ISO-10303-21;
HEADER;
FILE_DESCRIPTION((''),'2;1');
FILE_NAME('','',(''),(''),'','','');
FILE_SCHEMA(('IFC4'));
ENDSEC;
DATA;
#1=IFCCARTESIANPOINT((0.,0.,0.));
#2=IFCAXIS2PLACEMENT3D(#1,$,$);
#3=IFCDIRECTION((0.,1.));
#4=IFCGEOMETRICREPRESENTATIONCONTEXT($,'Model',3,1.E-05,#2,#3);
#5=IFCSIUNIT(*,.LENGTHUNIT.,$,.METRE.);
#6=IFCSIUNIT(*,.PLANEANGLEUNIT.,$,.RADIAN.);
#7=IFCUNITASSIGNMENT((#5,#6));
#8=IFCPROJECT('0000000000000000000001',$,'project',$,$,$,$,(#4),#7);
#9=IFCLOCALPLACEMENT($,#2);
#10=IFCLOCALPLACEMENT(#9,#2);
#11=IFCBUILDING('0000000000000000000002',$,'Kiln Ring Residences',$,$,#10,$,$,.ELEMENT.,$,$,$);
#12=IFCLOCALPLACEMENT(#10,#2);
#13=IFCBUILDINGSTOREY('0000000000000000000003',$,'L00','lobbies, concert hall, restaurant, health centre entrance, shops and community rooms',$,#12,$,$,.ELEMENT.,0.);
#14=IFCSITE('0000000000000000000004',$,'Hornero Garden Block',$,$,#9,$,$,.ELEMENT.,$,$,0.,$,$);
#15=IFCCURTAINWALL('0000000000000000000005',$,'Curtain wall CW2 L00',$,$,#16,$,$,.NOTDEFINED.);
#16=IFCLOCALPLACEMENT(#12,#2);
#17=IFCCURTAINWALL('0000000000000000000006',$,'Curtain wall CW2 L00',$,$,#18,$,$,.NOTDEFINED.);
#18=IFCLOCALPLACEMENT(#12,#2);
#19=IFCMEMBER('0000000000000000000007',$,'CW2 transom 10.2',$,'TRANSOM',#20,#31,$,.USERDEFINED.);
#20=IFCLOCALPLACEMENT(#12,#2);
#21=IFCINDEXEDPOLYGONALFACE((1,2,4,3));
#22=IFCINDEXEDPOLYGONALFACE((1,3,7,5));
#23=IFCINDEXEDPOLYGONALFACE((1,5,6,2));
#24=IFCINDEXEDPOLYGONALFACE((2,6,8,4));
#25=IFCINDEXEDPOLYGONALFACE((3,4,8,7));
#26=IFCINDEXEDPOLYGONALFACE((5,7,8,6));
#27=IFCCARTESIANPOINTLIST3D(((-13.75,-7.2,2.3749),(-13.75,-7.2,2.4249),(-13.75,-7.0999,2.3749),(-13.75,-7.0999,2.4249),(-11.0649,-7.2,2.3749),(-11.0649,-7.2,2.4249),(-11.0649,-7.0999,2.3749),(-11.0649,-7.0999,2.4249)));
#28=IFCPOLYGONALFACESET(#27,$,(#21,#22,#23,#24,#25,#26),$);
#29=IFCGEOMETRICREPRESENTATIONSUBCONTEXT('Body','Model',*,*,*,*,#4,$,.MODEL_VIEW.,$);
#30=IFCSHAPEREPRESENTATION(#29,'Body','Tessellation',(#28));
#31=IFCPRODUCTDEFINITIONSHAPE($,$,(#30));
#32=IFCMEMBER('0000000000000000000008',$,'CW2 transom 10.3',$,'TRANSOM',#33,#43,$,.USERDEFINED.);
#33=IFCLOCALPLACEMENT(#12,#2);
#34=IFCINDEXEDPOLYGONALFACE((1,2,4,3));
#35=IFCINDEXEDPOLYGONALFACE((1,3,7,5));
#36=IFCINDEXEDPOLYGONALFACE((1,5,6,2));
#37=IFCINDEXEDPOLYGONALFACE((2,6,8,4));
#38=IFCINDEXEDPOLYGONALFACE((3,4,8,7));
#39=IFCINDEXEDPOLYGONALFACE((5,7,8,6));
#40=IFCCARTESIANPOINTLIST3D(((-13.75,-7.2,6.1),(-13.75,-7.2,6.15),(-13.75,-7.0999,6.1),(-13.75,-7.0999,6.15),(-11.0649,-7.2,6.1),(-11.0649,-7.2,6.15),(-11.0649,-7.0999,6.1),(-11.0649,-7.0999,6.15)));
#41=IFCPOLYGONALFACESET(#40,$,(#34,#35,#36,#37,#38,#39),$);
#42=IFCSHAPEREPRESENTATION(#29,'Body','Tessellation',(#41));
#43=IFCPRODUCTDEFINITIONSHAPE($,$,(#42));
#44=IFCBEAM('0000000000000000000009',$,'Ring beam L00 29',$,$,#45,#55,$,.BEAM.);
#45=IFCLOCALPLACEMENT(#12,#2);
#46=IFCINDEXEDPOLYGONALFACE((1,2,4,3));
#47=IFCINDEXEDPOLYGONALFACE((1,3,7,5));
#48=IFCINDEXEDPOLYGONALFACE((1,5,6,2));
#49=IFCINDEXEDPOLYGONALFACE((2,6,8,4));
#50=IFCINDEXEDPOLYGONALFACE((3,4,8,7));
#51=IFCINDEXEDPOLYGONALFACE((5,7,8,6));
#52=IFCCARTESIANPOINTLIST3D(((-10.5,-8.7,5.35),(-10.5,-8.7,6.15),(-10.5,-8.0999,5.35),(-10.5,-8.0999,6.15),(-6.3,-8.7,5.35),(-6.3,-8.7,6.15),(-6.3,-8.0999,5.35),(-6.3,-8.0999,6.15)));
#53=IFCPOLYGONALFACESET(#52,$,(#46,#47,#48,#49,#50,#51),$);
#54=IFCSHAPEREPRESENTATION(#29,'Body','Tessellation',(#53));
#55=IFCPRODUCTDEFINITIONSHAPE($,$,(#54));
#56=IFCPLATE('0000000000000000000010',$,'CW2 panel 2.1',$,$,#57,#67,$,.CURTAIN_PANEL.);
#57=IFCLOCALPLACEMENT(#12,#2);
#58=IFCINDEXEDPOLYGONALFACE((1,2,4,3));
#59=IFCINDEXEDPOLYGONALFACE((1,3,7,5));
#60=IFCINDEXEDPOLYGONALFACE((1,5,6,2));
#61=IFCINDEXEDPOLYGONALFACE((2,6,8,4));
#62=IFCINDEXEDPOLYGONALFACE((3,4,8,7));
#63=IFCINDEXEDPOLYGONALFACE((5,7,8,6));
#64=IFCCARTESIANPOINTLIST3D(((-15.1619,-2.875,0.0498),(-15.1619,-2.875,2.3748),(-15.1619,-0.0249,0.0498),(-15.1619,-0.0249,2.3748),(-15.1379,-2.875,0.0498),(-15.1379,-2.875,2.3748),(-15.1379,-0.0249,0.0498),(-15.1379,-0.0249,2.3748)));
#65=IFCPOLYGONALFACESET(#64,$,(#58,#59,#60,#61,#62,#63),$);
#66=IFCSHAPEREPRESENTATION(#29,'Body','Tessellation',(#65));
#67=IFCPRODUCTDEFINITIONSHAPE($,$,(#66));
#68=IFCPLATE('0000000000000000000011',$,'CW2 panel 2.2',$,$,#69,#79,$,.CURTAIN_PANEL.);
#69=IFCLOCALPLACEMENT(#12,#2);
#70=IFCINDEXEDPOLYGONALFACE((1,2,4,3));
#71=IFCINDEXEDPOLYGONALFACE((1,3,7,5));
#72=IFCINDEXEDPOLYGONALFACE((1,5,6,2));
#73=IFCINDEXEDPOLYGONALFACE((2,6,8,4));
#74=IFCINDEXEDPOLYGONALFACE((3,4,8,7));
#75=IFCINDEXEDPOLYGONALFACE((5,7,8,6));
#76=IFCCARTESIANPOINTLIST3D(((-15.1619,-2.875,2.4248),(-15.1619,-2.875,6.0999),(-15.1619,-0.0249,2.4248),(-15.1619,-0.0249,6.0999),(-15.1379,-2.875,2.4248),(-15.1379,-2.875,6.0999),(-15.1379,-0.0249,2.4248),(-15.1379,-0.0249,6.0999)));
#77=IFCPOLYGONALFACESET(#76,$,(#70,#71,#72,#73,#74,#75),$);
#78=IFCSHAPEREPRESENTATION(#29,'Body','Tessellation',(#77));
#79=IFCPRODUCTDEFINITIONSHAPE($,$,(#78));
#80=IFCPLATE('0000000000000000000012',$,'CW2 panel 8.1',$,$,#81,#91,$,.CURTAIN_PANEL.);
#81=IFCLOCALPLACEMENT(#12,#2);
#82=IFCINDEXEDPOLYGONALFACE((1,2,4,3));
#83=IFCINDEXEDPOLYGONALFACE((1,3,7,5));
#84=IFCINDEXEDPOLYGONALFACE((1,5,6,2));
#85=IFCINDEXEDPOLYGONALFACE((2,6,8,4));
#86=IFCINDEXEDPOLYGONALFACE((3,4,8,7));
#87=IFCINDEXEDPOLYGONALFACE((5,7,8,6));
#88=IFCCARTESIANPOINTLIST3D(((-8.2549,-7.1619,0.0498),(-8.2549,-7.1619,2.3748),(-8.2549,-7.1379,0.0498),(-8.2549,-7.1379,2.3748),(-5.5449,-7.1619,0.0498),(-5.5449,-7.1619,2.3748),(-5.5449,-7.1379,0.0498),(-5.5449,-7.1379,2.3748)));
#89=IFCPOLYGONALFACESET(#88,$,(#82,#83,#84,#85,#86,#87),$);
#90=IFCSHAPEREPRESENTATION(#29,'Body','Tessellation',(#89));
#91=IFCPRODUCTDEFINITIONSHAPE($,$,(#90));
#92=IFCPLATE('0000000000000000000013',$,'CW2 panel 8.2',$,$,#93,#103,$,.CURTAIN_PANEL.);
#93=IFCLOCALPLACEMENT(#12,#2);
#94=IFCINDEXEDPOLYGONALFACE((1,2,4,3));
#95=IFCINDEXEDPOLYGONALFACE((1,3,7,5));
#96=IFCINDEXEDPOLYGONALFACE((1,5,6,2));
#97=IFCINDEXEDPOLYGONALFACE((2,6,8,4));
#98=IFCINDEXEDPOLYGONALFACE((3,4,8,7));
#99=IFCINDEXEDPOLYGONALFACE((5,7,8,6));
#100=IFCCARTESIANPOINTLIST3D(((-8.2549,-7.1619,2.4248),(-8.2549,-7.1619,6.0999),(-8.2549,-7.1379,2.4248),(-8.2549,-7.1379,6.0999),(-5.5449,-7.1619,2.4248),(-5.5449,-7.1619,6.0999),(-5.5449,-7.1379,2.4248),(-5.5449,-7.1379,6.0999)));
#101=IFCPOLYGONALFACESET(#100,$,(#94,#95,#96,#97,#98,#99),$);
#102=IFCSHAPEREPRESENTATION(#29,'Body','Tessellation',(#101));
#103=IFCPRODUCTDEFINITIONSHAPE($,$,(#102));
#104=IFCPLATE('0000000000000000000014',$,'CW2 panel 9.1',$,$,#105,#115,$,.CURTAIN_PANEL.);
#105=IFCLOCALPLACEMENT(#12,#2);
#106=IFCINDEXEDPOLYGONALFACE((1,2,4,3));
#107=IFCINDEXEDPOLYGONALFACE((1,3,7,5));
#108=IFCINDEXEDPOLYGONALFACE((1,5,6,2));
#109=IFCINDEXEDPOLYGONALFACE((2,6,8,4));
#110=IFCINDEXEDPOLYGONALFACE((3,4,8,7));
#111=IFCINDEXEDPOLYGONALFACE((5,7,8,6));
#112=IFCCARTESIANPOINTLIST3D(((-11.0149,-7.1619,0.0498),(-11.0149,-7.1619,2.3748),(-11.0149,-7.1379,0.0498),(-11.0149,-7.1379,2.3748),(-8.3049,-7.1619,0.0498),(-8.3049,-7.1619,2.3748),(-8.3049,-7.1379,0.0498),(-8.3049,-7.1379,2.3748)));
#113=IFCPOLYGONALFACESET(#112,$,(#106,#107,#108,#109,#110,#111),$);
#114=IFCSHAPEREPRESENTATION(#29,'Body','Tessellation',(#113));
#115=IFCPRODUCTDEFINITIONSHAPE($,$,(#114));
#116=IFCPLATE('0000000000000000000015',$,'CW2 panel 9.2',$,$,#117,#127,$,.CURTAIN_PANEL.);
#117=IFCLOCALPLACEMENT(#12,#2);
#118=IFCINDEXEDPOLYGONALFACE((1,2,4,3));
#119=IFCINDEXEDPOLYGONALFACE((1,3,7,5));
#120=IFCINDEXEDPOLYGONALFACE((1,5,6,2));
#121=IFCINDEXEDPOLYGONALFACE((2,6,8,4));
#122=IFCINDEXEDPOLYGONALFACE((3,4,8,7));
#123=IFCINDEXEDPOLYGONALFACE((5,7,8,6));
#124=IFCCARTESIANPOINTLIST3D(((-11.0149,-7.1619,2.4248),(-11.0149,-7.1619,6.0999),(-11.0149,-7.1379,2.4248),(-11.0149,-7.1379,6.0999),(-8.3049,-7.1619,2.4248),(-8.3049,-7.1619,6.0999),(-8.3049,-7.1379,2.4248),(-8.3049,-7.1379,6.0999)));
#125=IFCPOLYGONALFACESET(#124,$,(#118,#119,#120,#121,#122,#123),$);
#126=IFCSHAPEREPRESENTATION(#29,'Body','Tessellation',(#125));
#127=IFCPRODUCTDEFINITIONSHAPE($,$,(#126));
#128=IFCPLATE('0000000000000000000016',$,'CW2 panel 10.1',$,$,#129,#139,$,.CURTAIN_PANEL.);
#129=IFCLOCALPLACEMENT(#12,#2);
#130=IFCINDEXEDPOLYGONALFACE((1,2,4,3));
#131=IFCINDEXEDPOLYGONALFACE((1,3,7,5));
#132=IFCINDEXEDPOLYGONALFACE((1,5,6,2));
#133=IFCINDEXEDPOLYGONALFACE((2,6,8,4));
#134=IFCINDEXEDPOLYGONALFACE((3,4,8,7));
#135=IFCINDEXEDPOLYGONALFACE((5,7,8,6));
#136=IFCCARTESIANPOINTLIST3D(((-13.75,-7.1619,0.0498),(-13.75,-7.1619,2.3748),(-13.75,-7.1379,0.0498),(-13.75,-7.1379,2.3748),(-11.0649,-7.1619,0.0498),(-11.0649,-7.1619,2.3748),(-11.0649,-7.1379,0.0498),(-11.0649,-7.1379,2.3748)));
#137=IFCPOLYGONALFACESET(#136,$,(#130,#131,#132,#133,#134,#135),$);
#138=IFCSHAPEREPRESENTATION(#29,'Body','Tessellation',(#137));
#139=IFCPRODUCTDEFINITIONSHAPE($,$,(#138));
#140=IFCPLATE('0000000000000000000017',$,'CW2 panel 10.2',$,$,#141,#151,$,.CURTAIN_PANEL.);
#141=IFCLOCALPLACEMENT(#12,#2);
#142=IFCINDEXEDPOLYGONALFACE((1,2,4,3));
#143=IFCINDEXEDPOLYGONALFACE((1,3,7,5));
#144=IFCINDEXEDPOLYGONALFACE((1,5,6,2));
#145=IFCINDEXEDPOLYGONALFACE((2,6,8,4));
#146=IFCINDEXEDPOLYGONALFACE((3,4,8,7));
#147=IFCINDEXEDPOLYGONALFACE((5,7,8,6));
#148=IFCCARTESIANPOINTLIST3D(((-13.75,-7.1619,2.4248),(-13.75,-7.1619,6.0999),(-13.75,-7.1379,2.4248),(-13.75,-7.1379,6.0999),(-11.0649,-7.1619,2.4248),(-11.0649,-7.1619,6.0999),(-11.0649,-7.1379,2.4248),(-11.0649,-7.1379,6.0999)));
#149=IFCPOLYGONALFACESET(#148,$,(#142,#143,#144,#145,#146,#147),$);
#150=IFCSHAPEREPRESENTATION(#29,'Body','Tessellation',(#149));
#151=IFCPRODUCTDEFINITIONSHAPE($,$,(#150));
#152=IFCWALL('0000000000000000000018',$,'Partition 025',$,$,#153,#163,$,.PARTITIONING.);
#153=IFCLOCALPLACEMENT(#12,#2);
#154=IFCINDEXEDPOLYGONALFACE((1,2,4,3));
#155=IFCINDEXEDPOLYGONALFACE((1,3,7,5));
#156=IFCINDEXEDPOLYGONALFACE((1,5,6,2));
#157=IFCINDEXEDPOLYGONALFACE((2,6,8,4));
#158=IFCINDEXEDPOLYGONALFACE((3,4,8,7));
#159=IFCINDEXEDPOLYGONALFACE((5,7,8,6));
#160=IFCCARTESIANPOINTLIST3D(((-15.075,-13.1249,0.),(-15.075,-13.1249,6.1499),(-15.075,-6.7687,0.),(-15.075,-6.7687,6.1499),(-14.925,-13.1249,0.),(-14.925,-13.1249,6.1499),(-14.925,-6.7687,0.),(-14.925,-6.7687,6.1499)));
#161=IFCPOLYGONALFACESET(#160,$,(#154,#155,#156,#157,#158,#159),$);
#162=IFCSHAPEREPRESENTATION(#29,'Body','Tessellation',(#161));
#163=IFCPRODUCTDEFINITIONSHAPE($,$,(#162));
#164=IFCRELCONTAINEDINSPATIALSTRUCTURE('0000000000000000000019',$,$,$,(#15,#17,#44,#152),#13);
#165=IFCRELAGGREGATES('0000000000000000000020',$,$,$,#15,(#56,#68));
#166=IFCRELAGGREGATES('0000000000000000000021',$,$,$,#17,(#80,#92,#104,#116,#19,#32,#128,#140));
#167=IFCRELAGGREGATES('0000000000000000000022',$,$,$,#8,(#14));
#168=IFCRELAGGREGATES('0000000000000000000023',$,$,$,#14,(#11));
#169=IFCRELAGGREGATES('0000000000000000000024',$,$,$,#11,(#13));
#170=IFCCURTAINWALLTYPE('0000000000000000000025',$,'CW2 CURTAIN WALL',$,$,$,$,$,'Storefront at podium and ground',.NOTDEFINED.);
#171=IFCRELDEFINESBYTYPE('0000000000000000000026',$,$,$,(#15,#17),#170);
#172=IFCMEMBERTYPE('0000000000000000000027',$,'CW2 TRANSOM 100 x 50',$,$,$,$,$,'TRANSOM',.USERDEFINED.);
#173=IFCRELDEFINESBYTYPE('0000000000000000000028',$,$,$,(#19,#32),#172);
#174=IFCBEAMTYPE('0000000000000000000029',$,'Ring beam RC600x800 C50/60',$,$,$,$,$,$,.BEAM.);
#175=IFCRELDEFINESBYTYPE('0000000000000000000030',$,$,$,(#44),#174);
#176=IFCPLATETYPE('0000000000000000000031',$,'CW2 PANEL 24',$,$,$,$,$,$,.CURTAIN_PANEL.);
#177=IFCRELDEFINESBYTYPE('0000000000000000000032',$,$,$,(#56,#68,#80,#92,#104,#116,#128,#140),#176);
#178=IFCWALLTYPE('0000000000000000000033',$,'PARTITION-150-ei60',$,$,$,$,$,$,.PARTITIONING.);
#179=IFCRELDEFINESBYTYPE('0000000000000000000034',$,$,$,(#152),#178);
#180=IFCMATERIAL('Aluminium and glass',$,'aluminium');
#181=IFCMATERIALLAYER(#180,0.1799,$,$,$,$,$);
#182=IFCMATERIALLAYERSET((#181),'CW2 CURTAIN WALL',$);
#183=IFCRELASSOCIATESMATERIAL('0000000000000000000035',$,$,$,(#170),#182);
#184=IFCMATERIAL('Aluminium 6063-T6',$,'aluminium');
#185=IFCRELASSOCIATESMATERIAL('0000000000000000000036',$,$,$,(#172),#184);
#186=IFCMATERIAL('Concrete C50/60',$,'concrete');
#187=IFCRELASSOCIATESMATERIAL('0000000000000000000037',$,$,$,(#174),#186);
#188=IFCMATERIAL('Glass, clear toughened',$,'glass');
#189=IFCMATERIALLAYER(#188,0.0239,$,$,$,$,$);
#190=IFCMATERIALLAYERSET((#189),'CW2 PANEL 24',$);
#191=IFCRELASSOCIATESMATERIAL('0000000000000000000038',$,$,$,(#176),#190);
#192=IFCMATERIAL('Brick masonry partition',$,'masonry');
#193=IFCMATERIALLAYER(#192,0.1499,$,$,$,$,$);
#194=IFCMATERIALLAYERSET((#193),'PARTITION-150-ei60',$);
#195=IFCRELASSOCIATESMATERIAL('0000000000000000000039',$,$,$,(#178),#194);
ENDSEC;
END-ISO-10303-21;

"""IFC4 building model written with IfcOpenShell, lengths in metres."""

from ifc_helpers import new_model, si_unit, direction, frame, frame_2d, origin, origin_2d, place, context, subcontext, project, spatial, rectangle, extrude, material, layer, layer_set, material_profile, profile_set, type_object, element, aggregate, save


model = new_model("IFC4")

# Units and contexts
model_context = context("Model", 3, precision=1e-05, world=origin(), true_north=direction((0.0, 1.0)))
body_context = subcontext(model_context, "Body", "Model", "MODEL_VIEW")
ifc_project = project(units=[si_unit("LENGTHUNIT", "METRE"), si_unit("PLANEANGLEUNIT", "RADIAN")], contexts=[model_context])

# Site, building, storey
site_placement = place(None, origin())
site = spatial("IfcSite", under=ifc_project, at=site_placement, Name="Hornero Garden Block", CompositionType="ELEMENT", RefElevation=0.0)
building_placement = place(site_placement, origin())
building = spatial("IfcBuilding", under=site, at=building_placement, Name="Kiln Ring Residences", CompositionType="ELEMENT")
storey_placement = place(building_placement, origin())
storey = spatial("IfcBuildingStorey", under=building, at=storey_placement, Name="L00", Description="lobbies, concert hall, restaurant, health centre entrance, shops and community rooms", CompositionType="ELEMENT", Elevation=0.0)

# Curtain wall
ifc_material_1 = material(Name="Aluminium and glass", Category="aluminium")
ifc_layer_1 = layer(ifc_material_1, 0.1799)
ifc_layer_set_1 = layer_set([ifc_layer_1], Name="CW2 CURTAIN WALL")
curtain_wall_type = type_object("IfcCurtainWallType", Name="CW2 CURTAIN WALL", ElementType="Storefront at podium and ground", PredefinedType="NOTDEFINED", material=ifc_layer_set_1)
placement = place(storey_placement, origin())
curtain_wall_1 = element("IfcCurtainWall", 1, at=placement, inside=storey, type_object=curtain_wall_type, Name="Curtain wall CW2 L00", PredefinedType="NOTDEFINED")

# Curtain wall
curtain_wall_2 = element("IfcCurtainWall", 2, at=placement, inside=storey, type_object=curtain_wall_type, Name="Curtain wall CW2 L00", PredefinedType="NOTDEFINED")

# Members
ifc_material_2 = material(Name="Aluminium 6063-T6", Category="aluminium")
ifc_material_profile_1 = material_profile(ifc_material_2, rectangle(XDim=0.1001, YDim=0.05, at=origin_2d()), Name="AL 100x50")
ifc_profile_set_1 = profile_set([ifc_material_profile_1], Name="Aluminium 6063-T6")
member_type_1 = type_object("IfcMemberType", Name="CW2 TRANSOM 100 x 50", ElementType="TRANSOM", PredefinedType="USERDEFINED", material=ifc_profile_set_1)
member_1_placement = place(storey_placement, frame((-11.0649, -7.1499, 2.3999), z_axis=(-1.0, 0.0, 0.0), x_axis=(0.0, -1.0, 0.0)))
member_1 = element("IfcMember", 3, at=member_1_placement, type_object=member_type_1, Name="CW2 transom 10.2", ObjectType="TRANSOM", PredefinedType="USERDEFINED", context=body_context, shape_type="SweptSolid", body=[
    extrude(rectangle(XDim=0.1001, YDim=0.05, at=origin_2d()), origin(), (0.0, 0.0, 1.0), 2.6851),
])
member_2_placement = place(storey_placement, frame((-11.0649, -7.1499, 6.125), z_axis=(-1.0, 0.0, 0.0), x_axis=(0.0, -1.0, 0.0)))
member_2 = element("IfcMember", 4, at=member_2_placement, type_object=member_type_1, Name="CW2 transom 10.3", ObjectType="TRANSOM", PredefinedType="USERDEFINED", context=body_context, shape_type="SweptSolid", body=[
    extrude(rectangle(XDim=0.1001, YDim=0.05, at=origin_2d()), origin(), (0.0, 0.0, 1.0), 2.6851),
])

# Beam
ifc_material_3 = material(Name="Concrete C50/60", Category="concrete")
ifc_material_profile_2 = material_profile(ifc_material_3, rectangle(XDim=0.6001, YDim=0.8, at=origin_2d()), Name="RC600x800")
ifc_profile_set_2 = profile_set([ifc_material_profile_2], Name="Concrete C50/60")
beam_type = type_object("IfcBeamType", Name="Ring beam RC600x800 C50/60", PredefinedType="BEAM", material=ifc_profile_set_2)
beam_placement = place(storey_placement, frame((-10.5, -8.3999, 5.75), z_axis=(1.0, 0.0, 0.0), x_axis=(0.0, 1.0, 0.0)))
element("IfcBeam", 5, at=beam_placement, inside=storey, type_object=beam_type, Name="Ring beam L00 29", PredefinedType="BEAM", context=body_context, shape_type="SweptSolid", body=[
    extrude(rectangle(XDim=0.6001, YDim=0.8, at=origin_2d()), origin(), (0.0, 0.0, 1.0), 4.2),
])

# Plates
ifc_material_4 = material(Name="Glass, clear toughened", Category="glass")
ifc_layer_2 = layer(ifc_material_4, 0.0239)
ifc_layer_set_2 = layer_set([ifc_layer_2], Name="CW2 PANEL 24")
plate_type = type_object("IfcPlateType", Name="CW2 PANEL 24", PredefinedType="CURTAIN_PANEL", material=ifc_layer_set_2)
plate_1_placement = place(storey_placement, frame((-15.1499, -1.45, 0.0498), z_axis=(0.0, 0.0, 1.0), x_axis=(0.0, 1.0, 0.0)))
plate_1 = element("IfcPlate", 6, at=plate_1_placement, type_object=plate_type, Name="CW2 panel 2.1", PredefinedType="CURTAIN_PANEL", context=body_context, shape_type="SweptSolid", body=[
    extrude(rectangle(XDim=2.8501, YDim=0.0239, at=origin_2d()), origin(), (0.0, 0.0, 1.0), 2.325),
])
plate_2_placement = place(storey_placement, frame((-15.1499, -1.45, 2.4248), z_axis=(0.0, 0.0, 1.0), x_axis=(0.0, 1.0, 0.0)))
plate_2 = element("IfcPlate", 7, at=plate_2_placement, type_object=plate_type, Name="CW2 panel 2.2", PredefinedType="CURTAIN_PANEL", context=body_context, shape_type="SweptSolid", body=[
    extrude(rectangle(XDim=2.8501, YDim=0.0239, at=origin_2d()), origin(), (0.0, 0.0, 1.0), 3.675),
])
aggregate(curtain_wall_1, [plate_1, plate_2])
plate_3_placement = place(storey_placement, frame((-6.8999, -7.1499, 0.0498), z_axis=(0.0, 0.0, 1.0), x_axis=(-1.0, 0.0, 0.0)))
plate_3 = element("IfcPlate", 8, at=plate_3_placement, type_object=plate_type, Name="CW2 panel 8.1", PredefinedType="CURTAIN_PANEL", context=body_context, shape_type="SweptSolid", body=[
    extrude(rectangle(XDim=2.71, YDim=0.0239, at=origin_2d()), origin(), (0.0, 0.0, 1.0), 2.325),
])
plate_4_placement = place(storey_placement, frame((-6.8999, -7.1499, 2.4248), z_axis=(0.0, 0.0, 1.0), x_axis=(-1.0, 0.0, 0.0)))
plate_4 = element("IfcPlate", 9, at=plate_4_placement, type_object=plate_type, Name="CW2 panel 8.2", PredefinedType="CURTAIN_PANEL", context=body_context, shape_type="SweptSolid", body=[
    extrude(rectangle(XDim=2.71, YDim=0.0239, at=origin_2d()), origin(), (0.0, 0.0, 1.0), 3.675),
])
plate_5_placement = place(storey_placement, frame((-9.6599, -7.1499, 0.0498), z_axis=(0.0, 0.0, 1.0), x_axis=(-1.0, 0.0, 0.0)))
plate_5 = element("IfcPlate", 10, at=plate_5_placement, type_object=plate_type, Name="CW2 panel 9.1", PredefinedType="CURTAIN_PANEL", context=body_context, shape_type="SweptSolid", body=[
    extrude(rectangle(XDim=2.71, YDim=0.0239, at=origin_2d()), origin(), (0.0, 0.0, 1.0), 2.325),
])
plate_6_placement = place(storey_placement, frame((-9.6599, -7.1499, 2.4248), z_axis=(0.0, 0.0, 1.0), x_axis=(-1.0, 0.0, 0.0)))
plate_6 = element("IfcPlate", 11, at=plate_6_placement, type_object=plate_type, Name="CW2 panel 9.2", PredefinedType="CURTAIN_PANEL", context=body_context, shape_type="SweptSolid", body=[
    extrude(rectangle(XDim=2.71, YDim=0.0239, at=origin_2d()), origin(), (0.0, 0.0, 1.0), 3.675),
])
plate_7_placement = place(storey_placement, frame((-12.4075, -7.1499, 0.0498), z_axis=(0.0, 0.0, 1.0), x_axis=(-1.0, 0.0, 0.0)))
plate_7 = element("IfcPlate", 12, at=plate_7_placement, type_object=plate_type, Name="CW2 panel 10.1", PredefinedType="CURTAIN_PANEL", context=body_context, shape_type="SweptSolid", body=[
    extrude(rectangle(XDim=2.6851, YDim=0.0239, at=origin_2d()), origin(), (0.0, 0.0, 1.0), 2.325),
])
plate_8_placement = place(storey_placement, frame((-12.4075, -7.1499, 2.4248), z_axis=(0.0, 0.0, 1.0), x_axis=(-1.0, 0.0, 0.0)))
plate_8 = element("IfcPlate", 13, at=plate_8_placement, type_object=plate_type, Name="CW2 panel 10.2", PredefinedType="CURTAIN_PANEL", context=body_context, shape_type="SweptSolid", body=[
    extrude(rectangle(XDim=2.6851, YDim=0.0239, at=origin_2d()), origin(), (0.0, 0.0, 1.0), 3.675),
])
aggregate(curtain_wall_2, [plate_3, plate_4, plate_5, plate_6, member_1, member_2, plate_7, plate_8])

# Wall
ifc_material_5 = material(Name="Brick masonry partition", Category="masonry")
ifc_layer_3 = layer(ifc_material_5, 0.1499)
ifc_layer_set_3 = layer_set([ifc_layer_3], Name="PARTITION-150-ei60")
wall_type = type_object("IfcWallType", Name="PARTITION-150-ei60", PredefinedType="PARTITIONING", material=ifc_layer_set_3)
wall_placement = place(storey_placement, frame((-15.0, -13.125, 0.0), z_axis=(0.0, 0.0, 1.0), x_axis=(0.0, 1.0, 0.0)))
element("IfcWall", 14, at=wall_placement, inside=storey, type_object=wall_type, Name="Partition 025", PredefinedType="PARTITIONING", context=body_context, shape_type="SweptSolid", body=[
    extrude(rectangle(XDim=6.3562, YDim=0.1499, at=frame_2d((3.1782, 0.0))), origin(), (0.0, 0.0, 1.0), 6.1499),
])

save(model, "model.ifc")
